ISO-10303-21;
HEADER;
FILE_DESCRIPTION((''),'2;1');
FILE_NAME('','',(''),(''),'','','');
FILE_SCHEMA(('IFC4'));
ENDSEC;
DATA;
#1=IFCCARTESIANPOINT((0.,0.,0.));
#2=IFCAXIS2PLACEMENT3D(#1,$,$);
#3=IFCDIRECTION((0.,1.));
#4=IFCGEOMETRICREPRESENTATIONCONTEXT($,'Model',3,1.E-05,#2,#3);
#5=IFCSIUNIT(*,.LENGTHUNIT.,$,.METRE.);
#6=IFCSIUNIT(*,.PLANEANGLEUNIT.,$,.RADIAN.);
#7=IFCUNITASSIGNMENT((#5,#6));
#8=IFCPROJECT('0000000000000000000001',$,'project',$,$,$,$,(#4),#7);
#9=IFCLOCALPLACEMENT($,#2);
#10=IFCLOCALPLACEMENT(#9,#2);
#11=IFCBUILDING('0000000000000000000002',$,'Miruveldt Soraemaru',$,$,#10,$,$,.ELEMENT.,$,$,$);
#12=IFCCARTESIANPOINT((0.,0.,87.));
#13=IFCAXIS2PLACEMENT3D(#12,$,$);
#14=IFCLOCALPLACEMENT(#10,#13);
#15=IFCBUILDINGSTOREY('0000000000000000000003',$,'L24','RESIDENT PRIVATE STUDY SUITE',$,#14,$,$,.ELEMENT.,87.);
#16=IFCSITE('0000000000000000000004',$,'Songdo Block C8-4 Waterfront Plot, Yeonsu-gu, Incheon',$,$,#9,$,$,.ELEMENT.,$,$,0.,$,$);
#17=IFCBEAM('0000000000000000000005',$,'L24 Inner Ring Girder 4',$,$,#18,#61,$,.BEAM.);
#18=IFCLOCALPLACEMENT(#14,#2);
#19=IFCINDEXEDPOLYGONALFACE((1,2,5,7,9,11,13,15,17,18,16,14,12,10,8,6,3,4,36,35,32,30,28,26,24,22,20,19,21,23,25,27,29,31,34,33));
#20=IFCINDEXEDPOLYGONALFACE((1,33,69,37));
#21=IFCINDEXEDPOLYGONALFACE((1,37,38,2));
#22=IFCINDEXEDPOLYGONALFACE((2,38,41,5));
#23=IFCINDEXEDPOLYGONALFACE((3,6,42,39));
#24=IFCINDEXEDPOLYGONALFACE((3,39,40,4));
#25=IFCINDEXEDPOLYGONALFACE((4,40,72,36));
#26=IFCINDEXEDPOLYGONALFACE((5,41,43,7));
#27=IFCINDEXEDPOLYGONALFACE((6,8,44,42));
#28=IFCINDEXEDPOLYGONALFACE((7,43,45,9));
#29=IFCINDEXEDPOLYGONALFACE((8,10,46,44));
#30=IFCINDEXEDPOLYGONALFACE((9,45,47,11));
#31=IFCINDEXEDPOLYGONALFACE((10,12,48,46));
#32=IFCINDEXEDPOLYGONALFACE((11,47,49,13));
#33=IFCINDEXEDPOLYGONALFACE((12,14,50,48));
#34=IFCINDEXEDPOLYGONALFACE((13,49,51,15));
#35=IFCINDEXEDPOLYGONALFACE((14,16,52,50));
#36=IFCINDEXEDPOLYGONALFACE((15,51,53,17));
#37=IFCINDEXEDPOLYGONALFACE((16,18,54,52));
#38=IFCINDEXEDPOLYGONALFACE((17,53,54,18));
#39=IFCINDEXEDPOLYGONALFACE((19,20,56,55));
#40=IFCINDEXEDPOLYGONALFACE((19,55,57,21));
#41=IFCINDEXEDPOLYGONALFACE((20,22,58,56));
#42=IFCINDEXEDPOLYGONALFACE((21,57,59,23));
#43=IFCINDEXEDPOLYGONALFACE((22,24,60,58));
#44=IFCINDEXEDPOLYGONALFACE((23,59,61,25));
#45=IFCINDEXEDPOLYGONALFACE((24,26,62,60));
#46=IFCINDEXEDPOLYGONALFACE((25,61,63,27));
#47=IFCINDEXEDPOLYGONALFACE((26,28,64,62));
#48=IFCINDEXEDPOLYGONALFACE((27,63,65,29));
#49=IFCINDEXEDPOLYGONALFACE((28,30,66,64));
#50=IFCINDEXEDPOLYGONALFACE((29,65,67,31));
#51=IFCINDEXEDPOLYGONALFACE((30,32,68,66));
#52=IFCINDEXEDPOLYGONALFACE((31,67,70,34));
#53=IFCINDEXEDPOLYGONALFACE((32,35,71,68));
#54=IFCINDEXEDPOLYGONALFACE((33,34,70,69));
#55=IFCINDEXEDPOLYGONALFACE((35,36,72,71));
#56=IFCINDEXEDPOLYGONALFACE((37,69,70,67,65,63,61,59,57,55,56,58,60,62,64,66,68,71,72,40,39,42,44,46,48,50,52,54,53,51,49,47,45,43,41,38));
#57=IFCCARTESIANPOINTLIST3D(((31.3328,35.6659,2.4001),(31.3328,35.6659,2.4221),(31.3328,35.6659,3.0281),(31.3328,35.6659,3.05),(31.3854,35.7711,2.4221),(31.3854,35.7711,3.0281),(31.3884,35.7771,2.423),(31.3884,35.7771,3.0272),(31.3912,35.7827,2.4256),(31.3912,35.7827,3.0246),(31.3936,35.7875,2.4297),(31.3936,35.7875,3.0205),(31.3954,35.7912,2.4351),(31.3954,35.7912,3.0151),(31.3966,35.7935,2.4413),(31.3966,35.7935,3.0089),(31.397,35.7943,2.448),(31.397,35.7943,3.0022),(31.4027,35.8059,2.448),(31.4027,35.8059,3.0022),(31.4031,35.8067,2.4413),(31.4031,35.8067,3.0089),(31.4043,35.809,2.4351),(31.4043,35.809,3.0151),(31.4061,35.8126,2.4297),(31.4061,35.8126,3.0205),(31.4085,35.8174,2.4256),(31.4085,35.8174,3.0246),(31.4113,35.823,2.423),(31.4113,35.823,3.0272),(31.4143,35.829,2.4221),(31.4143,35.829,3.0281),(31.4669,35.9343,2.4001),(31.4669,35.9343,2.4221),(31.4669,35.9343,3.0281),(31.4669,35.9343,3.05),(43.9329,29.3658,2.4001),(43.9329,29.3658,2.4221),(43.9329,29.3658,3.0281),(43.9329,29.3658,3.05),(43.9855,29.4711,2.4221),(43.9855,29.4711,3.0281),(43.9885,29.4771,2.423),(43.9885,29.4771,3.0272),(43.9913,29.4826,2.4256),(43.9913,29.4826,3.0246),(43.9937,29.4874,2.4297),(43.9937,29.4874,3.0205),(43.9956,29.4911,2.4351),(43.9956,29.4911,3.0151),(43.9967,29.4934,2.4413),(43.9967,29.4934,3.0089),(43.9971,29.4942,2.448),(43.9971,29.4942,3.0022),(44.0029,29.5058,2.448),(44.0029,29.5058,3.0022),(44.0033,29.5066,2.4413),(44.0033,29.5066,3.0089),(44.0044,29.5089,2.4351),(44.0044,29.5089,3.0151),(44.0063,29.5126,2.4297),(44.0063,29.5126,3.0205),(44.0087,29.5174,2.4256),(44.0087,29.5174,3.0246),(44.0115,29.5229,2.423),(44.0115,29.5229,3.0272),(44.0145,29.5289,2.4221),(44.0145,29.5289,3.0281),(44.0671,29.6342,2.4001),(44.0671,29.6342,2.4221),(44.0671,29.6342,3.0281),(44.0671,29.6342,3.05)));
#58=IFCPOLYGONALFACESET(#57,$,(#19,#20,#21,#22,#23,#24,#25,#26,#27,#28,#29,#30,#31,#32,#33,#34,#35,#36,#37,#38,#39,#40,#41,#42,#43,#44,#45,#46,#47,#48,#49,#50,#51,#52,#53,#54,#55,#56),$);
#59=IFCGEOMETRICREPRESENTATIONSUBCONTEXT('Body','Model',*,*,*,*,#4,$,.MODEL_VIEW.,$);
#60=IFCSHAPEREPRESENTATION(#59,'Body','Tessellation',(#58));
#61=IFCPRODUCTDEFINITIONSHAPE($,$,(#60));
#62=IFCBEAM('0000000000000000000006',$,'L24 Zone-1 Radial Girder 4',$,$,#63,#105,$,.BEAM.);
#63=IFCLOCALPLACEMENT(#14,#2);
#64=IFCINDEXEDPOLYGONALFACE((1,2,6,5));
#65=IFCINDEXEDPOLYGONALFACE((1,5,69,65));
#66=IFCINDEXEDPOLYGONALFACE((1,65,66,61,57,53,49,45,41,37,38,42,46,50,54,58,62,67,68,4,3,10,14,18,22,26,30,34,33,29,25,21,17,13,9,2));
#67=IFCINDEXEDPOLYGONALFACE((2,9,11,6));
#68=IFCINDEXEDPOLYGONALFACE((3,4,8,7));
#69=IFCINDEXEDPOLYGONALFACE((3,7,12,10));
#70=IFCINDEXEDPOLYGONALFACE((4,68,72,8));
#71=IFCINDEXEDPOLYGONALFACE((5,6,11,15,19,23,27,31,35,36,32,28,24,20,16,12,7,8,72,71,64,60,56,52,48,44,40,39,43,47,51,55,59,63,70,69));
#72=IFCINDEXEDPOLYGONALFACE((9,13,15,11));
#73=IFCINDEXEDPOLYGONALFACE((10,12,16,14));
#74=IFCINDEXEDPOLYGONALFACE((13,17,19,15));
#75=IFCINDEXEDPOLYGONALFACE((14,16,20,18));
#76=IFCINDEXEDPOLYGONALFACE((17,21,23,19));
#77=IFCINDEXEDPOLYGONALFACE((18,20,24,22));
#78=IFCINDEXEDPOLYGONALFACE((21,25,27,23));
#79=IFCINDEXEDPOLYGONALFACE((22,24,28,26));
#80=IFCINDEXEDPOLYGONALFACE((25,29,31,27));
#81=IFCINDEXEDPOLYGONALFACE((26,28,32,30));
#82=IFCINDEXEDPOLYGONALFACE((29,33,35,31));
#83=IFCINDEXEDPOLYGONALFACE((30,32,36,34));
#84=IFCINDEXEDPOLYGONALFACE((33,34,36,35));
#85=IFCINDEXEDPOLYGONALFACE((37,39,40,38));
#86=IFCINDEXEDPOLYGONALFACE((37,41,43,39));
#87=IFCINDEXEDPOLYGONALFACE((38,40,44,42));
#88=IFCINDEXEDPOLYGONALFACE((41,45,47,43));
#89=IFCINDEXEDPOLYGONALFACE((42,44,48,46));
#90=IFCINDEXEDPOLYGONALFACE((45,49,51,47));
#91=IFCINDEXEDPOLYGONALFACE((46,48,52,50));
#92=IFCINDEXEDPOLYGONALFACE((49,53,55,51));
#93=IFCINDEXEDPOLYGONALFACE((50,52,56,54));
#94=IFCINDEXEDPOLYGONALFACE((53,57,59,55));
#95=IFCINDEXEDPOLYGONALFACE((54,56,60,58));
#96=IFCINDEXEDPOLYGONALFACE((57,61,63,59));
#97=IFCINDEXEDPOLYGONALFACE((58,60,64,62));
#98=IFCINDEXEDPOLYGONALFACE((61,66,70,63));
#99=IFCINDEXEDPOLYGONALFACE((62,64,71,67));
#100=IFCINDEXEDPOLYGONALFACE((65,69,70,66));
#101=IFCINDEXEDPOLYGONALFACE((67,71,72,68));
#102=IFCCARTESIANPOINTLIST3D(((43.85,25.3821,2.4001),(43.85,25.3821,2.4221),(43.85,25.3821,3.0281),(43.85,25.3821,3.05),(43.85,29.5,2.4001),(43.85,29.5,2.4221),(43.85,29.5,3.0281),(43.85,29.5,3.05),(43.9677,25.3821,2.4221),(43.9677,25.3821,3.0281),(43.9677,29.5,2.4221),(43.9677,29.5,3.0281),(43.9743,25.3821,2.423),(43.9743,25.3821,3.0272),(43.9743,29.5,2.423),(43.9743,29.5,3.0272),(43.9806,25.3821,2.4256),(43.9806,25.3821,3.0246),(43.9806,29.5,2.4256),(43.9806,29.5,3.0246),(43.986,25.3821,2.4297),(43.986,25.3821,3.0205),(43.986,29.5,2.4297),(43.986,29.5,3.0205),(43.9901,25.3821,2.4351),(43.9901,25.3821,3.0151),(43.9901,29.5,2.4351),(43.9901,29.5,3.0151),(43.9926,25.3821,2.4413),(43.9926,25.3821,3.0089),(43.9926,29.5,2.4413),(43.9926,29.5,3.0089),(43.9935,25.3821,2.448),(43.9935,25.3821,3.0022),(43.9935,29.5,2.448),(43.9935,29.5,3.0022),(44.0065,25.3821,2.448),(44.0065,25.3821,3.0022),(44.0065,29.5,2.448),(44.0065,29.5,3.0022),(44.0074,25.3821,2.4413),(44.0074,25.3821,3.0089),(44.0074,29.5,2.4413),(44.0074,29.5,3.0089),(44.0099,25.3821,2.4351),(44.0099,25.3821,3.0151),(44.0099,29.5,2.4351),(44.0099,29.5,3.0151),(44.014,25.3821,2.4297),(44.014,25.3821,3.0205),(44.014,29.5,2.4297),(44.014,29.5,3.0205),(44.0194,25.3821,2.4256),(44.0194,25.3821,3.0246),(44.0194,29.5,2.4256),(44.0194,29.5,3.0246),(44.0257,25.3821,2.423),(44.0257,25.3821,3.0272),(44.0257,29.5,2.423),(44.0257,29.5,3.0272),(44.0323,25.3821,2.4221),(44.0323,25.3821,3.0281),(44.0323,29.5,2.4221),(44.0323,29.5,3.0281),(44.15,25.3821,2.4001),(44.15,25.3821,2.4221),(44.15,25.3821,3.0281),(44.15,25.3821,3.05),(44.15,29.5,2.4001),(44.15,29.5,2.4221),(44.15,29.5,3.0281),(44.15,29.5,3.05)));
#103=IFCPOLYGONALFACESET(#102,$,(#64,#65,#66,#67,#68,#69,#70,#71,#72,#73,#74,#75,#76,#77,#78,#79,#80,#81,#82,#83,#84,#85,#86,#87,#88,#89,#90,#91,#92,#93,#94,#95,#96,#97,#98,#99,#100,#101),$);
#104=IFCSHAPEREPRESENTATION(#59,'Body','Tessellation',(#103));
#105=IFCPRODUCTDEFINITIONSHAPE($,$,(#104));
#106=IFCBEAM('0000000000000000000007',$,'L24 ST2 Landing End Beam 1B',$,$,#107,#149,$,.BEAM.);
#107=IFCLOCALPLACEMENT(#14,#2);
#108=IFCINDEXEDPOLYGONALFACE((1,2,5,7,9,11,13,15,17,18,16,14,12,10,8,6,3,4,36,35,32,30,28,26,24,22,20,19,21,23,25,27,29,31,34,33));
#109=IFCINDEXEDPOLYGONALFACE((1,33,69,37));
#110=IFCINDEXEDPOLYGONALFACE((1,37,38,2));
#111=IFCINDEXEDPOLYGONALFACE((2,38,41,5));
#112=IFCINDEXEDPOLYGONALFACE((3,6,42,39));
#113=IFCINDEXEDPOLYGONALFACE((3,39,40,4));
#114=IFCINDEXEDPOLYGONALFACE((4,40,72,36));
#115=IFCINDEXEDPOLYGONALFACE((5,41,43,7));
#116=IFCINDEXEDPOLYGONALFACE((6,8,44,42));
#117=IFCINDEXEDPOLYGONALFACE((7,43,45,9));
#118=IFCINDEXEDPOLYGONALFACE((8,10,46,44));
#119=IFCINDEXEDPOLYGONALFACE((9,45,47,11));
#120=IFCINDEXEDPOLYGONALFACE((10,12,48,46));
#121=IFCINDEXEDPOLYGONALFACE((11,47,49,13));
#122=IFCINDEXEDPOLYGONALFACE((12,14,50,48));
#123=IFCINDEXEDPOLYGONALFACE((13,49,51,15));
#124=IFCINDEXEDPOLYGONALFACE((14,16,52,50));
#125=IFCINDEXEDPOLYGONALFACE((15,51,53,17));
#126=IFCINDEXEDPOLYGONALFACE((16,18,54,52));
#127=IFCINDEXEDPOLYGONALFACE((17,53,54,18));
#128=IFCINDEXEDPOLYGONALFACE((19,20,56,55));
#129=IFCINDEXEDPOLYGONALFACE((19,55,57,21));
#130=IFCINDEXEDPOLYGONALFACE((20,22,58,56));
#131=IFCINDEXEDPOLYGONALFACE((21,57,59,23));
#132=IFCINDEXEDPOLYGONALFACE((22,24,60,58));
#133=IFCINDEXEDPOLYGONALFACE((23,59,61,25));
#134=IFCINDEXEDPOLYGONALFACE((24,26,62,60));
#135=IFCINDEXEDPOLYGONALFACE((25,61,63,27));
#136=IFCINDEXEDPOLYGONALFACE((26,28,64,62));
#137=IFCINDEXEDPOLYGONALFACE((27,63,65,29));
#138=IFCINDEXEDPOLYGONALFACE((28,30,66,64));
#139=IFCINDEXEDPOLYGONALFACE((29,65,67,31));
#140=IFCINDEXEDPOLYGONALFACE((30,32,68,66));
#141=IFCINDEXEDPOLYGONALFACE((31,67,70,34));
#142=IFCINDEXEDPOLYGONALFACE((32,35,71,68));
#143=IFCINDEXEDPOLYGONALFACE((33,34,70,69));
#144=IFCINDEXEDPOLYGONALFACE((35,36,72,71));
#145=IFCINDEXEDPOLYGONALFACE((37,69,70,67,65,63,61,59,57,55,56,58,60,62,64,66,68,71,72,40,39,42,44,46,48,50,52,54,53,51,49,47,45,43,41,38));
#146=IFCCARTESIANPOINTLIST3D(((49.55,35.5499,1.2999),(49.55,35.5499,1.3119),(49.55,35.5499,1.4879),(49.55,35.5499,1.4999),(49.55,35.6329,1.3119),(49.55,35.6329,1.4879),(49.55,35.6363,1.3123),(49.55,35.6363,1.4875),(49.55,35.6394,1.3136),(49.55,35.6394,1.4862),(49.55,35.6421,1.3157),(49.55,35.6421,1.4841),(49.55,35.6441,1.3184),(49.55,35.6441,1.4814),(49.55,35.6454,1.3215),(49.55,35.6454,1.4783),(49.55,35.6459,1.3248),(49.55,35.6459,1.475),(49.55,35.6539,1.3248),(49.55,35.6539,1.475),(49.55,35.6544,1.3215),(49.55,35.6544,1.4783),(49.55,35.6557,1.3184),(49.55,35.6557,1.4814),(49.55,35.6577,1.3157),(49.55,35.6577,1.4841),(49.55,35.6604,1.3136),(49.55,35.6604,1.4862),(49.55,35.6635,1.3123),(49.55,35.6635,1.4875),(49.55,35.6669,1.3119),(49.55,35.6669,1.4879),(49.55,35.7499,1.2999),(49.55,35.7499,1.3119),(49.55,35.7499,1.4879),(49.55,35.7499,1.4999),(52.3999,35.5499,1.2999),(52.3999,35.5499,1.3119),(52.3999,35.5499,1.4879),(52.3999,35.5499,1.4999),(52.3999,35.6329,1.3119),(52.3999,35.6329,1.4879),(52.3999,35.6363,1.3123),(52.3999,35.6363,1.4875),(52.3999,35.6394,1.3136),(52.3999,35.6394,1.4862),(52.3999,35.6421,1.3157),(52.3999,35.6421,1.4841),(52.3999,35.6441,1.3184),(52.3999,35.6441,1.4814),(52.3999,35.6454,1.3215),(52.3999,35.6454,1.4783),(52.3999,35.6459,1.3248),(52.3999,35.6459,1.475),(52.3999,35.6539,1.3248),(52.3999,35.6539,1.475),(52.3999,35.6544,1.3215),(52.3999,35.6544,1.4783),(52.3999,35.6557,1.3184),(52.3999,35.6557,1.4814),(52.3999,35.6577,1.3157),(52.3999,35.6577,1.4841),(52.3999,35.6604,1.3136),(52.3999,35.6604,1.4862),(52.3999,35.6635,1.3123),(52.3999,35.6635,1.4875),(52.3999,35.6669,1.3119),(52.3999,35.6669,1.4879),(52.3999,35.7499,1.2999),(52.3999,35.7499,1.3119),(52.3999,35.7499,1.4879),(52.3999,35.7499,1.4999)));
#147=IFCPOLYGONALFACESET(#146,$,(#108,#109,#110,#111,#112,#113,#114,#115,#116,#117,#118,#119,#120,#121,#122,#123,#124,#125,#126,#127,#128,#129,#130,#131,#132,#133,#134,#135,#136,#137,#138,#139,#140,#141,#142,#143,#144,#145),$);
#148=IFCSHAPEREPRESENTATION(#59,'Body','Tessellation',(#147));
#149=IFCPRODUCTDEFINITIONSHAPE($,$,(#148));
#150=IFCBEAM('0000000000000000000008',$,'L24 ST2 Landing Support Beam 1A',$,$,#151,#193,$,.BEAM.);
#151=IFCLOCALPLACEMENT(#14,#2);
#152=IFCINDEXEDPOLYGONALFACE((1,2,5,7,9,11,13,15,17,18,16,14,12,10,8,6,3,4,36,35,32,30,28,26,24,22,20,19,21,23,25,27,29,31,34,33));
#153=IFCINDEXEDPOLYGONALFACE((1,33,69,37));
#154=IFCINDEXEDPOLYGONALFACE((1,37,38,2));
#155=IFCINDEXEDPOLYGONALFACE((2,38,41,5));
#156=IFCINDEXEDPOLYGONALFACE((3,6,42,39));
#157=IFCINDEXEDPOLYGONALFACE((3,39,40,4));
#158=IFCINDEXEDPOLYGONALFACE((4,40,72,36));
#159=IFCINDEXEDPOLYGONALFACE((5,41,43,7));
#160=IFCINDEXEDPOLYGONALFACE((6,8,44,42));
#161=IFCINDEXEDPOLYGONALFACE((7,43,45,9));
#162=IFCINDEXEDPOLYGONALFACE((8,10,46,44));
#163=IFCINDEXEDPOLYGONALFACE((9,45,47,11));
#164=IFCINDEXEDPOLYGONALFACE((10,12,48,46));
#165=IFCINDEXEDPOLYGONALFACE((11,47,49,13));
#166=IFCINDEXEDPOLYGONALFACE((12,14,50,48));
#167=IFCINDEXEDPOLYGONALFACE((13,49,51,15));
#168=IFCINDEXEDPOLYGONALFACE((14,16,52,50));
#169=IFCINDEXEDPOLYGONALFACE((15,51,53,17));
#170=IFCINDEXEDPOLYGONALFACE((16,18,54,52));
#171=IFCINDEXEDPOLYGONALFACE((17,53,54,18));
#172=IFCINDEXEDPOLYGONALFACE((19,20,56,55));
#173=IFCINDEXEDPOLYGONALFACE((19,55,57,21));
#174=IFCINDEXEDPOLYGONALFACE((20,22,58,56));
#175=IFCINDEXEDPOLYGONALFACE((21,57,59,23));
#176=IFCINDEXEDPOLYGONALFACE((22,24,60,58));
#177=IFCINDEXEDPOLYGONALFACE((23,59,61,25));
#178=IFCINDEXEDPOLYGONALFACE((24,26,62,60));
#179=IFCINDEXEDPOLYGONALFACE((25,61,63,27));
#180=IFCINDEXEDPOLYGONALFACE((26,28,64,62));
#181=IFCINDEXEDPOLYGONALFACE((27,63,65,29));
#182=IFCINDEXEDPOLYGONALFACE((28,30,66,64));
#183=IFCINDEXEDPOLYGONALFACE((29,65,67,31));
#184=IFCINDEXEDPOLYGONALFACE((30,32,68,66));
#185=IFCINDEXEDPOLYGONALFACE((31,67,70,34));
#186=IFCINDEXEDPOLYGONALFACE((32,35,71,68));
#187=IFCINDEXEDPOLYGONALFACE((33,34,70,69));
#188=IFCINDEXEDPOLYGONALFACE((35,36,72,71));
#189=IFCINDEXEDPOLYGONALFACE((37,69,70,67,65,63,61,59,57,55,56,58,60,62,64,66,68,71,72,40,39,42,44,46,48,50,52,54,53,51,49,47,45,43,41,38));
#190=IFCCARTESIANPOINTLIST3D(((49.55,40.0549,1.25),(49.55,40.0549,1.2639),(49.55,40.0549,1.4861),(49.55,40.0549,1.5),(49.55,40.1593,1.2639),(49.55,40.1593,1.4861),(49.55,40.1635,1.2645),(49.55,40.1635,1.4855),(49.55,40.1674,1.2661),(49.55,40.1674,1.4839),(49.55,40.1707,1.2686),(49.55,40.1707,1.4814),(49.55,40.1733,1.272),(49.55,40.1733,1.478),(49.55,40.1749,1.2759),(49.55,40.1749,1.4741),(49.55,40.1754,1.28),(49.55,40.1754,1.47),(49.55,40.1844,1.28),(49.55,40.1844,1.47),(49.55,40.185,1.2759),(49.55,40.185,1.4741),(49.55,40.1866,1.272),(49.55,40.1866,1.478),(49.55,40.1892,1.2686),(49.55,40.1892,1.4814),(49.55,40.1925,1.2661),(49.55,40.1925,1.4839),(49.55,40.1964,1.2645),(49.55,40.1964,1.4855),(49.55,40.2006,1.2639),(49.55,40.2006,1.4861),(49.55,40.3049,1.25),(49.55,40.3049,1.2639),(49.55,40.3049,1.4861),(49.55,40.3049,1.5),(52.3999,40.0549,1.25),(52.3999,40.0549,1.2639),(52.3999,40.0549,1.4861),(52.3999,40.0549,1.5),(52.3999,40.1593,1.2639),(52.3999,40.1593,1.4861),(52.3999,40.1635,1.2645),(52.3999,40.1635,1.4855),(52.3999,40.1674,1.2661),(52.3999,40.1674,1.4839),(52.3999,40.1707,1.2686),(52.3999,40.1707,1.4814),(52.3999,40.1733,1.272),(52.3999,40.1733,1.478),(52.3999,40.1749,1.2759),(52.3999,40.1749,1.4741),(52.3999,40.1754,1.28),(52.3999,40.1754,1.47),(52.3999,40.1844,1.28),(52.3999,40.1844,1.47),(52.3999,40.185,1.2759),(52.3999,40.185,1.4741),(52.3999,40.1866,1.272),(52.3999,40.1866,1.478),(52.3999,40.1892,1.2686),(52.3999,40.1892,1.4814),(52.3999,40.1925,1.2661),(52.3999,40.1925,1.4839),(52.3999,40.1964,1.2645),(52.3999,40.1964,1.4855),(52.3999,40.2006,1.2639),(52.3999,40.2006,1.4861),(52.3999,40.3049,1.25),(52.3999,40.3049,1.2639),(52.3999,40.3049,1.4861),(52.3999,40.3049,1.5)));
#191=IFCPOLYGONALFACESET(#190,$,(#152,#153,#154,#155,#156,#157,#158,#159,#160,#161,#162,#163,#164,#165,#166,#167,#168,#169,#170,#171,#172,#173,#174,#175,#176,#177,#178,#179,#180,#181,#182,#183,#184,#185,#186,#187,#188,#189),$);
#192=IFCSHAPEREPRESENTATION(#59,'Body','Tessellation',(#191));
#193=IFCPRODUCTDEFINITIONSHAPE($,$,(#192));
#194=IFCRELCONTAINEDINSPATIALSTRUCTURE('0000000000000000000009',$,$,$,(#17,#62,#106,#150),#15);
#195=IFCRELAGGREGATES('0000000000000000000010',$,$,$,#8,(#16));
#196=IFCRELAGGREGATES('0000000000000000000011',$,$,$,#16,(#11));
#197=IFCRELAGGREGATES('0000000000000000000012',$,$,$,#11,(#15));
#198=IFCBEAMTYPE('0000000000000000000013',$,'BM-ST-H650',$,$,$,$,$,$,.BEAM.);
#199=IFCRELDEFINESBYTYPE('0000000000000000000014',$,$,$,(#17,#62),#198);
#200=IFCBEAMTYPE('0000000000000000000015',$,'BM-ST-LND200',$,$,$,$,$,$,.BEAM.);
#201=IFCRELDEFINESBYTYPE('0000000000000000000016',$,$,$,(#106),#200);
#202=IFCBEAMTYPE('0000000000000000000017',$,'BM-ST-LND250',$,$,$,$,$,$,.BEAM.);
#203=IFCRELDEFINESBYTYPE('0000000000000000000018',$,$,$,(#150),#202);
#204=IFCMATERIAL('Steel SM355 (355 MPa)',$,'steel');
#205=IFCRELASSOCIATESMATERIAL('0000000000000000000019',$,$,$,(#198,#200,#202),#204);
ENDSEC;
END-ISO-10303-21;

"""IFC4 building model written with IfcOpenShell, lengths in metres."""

from ifc_helpers import new_model, si_unit, direction, frame, origin, origin_2d, place, context, subcontext, project, spatial, i_section, extrude, material, material_profile, profile_set, type_object, element, save


model = new_model("IFC4")

# Units and contexts
model_context = context("Model", 3, precision=1e-05, world=origin(), true_north=direction((0.0, 1.0)))
body_context = subcontext(model_context, "Body", "Model", "MODEL_VIEW")
ifc_project = project(units=[si_unit("LENGTHUNIT", "METRE"), si_unit("PLANEANGLEUNIT", "RADIAN")], contexts=[model_context])

# Site, building, storey
site_placement = place(None, origin())
site = spatial("IfcSite", under=ifc_project, at=site_placement, Name="Songdo Block C8-4 Waterfront Plot, Yeonsu-gu, Incheon", CompositionType="ELEMENT", RefElevation=0.0)
building_placement = place(site_placement, origin())
building = spatial("IfcBuilding", under=site, at=building_placement, Name="Miruveldt Soraemaru", CompositionType="ELEMENT")
storey_placement = place(building_placement, frame((0.0, 0.0, 87.0)))
storey = spatial("IfcBuildingStorey", under=building, at=storey_placement, Name="L24", Description="RESIDENT PRIVATE STUDY SUITE", CompositionType="ELEMENT", Elevation=87.0)

# Beams
ifc_material_1 = material(Name="Steel SM355 (355 MPa)", Category="steel")
ifc_material_profile_1 = material_profile(ifc_material_1, i_section(OverallWidth=0.3, OverallDepth=0.6499, WebThickness=0.0129, FlangeThickness=0.022, FilletRadius=0.0259, at=origin_2d()), Name="Steel SM355 (355 MPa)", Category="steel")
ifc_profile_set_1 = profile_set([ifc_material_profile_1], Name="Steel SM355 (355 MPa)")
beam_type_1 = type_object("IfcBeamType", Name="BM-ST-H650", PredefinedType="BEAM", material=ifc_profile_set_1)
beam_1_placement = place(storey_placement, frame((44.0, 29.5, 2.7251), z_axis=(-0.894427, 0.447214, 0.0), x_axis=(-0.447214, -0.894427, 0.0)))
element("IfcBeam", 1, at=beam_1_placement, inside=storey, type_object=beam_type_1, Name="L24 Inner Ring Girder 4", PredefinedType="BEAM", context=body_context, shape_type="SweptSolid", body=[
    extrude(i_section(OverallWidth=0.3, OverallDepth=0.6499, WebThickness=0.0129, FlangeThickness=0.022, FilletRadius=0.0259, at=origin_2d()), origin(), (0.0, 0.0, 1.0), 14.0874),
])
beam_2_placement = place(storey_placement, frame((44.0, 29.5, 2.7251), z_axis=(0.0, -1.0, 0.0), x_axis=(1.0, 0.0, 0.0)))
element("IfcBeam", 2, at=beam_2_placement, inside=storey, type_object=beam_type_1, Name="L24 Zone-1 Radial Girder 4", PredefinedType="BEAM", context=body_context, shape_type="SweptSolid", body=[
    extrude(i_section(OverallWidth=0.3, OverallDepth=0.6499, WebThickness=0.0129, FlangeThickness=0.022, FilletRadius=0.0259, at=origin_2d()), origin(), (0.0, 0.0, 1.0), 4.1179),
])
ifc_material_profile_2 = material_profile(ifc_material_1, i_section(OverallWidth=0.2, OverallDepth=0.2, WebThickness=0.0081, FlangeThickness=0.012, FilletRadius=0.0129, at=origin_2d()), Name="Steel SM355 (355 MPa)", Category="steel")
ifc_profile_set_2 = profile_set([ifc_material_profile_2], Name="Steel SM355 (355 MPa)")
beam_type_2 = type_object("IfcBeamType", Name="BM-ST-LND200", PredefinedType="BEAM", material=ifc_profile_set_2)
beam_3_placement = place(storey_placement, frame((49.55, 35.6499, 1.3999), z_axis=(1.0, 0.0, 0.0), x_axis=(0.0, 1.0, 0.0)))
element("IfcBeam", 3, at=beam_3_placement, inside=storey, type_object=beam_type_2, Name="L24 ST2 Landing End Beam 1B", PredefinedType="BEAM", context=body_context, shape_type="SweptSolid", body=[
    extrude(i_section(OverallWidth=0.2, OverallDepth=0.2, WebThickness=0.0081, FlangeThickness=0.012, FilletRadius=0.0129, at=origin_2d()), origin(), (0.0, 0.0, 1.0), 2.8499),
])
ifc_material_profile_3 = material_profile(ifc_material_1, i_section(OverallWidth=0.25, OverallDepth=0.25, WebThickness=0.009, FlangeThickness=0.0139, FilletRadius=0.0161, at=origin_2d()), Name="Steel SM355 (355 MPa)", Category="steel")
ifc_profile_set_3 = profile_set([ifc_material_profile_3], Name="Steel SM355 (355 MPa)")
beam_type_3 = type_object("IfcBeamType", Name="BM-ST-LND250", PredefinedType="BEAM", material=ifc_profile_set_3)
beam_4_placement = place(storey_placement, frame((49.55, 40.1799, 1.375), z_axis=(1.0, 0.0, 0.0), x_axis=(0.0, 1.0, 0.0)))
element("IfcBeam", 4, at=beam_4_placement, inside=storey, type_object=beam_type_3, Name="L24 ST2 Landing Support Beam 1A", PredefinedType="BEAM", context=body_context, shape_type="SweptSolid", body=[
    extrude(i_section(OverallWidth=0.25, OverallDepth=0.25, WebThickness=0.009, FlangeThickness=0.0139, FilletRadius=0.0161, at=origin_2d()), origin(), (0.0, 0.0, 1.0), 2.8499),
])

save(model, "model.ifc")
